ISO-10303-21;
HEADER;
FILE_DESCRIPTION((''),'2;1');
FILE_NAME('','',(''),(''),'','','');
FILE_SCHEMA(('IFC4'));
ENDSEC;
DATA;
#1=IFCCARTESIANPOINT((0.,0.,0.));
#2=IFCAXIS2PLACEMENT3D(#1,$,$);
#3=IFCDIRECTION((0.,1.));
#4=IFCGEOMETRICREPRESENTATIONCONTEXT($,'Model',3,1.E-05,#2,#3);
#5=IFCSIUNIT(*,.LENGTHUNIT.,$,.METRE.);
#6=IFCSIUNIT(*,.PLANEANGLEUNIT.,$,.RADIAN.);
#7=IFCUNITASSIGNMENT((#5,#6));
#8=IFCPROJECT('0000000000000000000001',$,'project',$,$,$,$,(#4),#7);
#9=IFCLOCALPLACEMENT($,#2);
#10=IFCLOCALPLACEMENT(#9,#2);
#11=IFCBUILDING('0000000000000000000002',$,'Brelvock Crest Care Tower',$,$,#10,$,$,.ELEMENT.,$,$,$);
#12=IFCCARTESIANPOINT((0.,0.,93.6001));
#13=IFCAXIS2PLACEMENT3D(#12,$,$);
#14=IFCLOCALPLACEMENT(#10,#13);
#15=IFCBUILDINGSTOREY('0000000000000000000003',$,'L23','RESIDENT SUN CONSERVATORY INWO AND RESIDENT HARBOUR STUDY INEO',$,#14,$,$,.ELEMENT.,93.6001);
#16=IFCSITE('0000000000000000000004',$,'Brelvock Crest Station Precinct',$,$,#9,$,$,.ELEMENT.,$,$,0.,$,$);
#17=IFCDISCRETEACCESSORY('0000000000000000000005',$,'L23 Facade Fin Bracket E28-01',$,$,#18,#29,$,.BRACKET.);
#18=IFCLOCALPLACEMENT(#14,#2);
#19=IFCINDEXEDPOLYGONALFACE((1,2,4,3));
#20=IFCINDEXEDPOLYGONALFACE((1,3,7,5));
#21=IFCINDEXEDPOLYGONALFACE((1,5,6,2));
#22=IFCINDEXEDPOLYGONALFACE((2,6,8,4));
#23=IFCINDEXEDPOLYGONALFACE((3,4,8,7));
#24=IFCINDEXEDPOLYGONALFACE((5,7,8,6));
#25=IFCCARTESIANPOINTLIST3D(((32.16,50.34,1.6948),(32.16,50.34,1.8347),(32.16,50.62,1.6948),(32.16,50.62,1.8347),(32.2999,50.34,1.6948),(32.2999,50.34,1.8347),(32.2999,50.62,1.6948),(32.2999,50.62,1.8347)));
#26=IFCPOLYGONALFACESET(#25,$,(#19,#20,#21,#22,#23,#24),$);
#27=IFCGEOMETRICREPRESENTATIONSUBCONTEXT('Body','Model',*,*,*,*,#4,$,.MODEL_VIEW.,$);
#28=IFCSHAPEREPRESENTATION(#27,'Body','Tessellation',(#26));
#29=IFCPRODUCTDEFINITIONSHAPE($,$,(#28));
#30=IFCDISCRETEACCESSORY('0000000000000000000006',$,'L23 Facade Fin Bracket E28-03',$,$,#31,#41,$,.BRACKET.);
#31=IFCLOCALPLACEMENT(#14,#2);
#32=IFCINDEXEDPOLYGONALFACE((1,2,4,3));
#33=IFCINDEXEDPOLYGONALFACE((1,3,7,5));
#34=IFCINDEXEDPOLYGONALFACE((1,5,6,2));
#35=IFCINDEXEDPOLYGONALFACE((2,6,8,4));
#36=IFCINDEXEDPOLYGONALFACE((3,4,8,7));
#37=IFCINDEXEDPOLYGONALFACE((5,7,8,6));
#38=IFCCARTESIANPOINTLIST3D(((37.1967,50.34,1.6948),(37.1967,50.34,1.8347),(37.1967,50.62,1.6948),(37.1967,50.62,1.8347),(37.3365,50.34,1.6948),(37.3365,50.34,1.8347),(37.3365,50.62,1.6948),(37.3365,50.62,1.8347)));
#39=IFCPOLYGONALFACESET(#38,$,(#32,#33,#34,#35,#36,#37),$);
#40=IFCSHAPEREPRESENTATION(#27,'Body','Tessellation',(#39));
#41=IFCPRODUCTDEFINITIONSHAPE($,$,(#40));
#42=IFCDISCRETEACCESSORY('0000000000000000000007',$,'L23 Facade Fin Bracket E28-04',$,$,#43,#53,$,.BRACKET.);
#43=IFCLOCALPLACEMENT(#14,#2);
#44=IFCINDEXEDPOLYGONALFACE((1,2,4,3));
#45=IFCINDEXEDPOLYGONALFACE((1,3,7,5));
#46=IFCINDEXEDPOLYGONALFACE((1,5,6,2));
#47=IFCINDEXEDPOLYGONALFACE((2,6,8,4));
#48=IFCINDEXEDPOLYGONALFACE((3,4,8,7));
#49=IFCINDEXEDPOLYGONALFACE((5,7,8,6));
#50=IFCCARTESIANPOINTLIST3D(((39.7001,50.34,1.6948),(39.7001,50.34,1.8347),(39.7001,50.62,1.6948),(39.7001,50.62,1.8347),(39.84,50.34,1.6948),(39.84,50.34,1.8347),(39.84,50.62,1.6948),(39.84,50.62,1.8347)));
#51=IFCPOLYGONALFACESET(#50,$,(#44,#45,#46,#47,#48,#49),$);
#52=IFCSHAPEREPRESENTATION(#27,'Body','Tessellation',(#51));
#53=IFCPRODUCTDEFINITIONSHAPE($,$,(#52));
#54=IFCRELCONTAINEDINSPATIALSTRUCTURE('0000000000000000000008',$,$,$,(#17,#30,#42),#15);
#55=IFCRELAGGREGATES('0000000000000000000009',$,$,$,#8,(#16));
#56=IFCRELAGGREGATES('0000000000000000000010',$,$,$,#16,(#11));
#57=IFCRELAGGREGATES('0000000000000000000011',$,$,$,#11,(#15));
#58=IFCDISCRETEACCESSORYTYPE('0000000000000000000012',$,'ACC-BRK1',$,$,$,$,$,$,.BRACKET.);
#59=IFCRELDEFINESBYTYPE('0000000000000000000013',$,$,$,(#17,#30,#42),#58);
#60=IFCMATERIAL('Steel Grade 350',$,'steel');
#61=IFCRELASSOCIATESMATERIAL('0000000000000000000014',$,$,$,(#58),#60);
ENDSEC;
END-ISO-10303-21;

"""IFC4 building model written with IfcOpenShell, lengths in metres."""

from ifc_helpers import new_model, si_unit, direction, frame, origin, origin_2d, place, context, subcontext, project, spatial, rectangle, extrude, source, transform, mapped, material, type_object, element, save


model = new_model("IFC4")

# Units and contexts
model_context = context("Model", 3, precision=1e-05, world=origin(), true_north=direction((0.0, 1.0)))
body_context = subcontext(model_context, "Body", "Model", "MODEL_VIEW")
ifc_project = project(units=[si_unit("LENGTHUNIT", "METRE"), si_unit("PLANEANGLEUNIT", "RADIAN")], contexts=[model_context])

# Site, building, storey
site_placement = place(None, origin())
site = spatial("IfcSite", under=ifc_project, at=site_placement, Name="Brelvock Crest Station Precinct", CompositionType="ELEMENT", RefElevation=0.0)
building_placement = place(site_placement, origin())
building = spatial("IfcBuilding", under=site, at=building_placement, Name="Brelvock Crest Care Tower", CompositionType="ELEMENT")
storey_placement = place(building_placement, frame((0.0, 0.0, 93.6001)))
storey = spatial("IfcBuildingStorey", under=building, at=storey_placement, Name="L23", Description="RESIDENT SUN CONSERVATORY INWO AND RESIDENT HARBOUR STUDY INEO", CompositionType="ELEMENT", Elevation=93.6001)

# Shared definitions
ifc_material_1 = material(Name="Steel Grade 350", Category="steel")

# Discrete accessories
discrete_accessory_type = type_object("IfcDiscreteAccessoryType", Name="ACC-BRK1", PredefinedType="BRACKET", material=ifc_material_1)
shared_shape_1 = source(origin(), body_context, "Body", "SweptSolid", [
    extrude(rectangle(XDim=0.28, YDim=0.1399, at=origin_2d()), origin(), (0.0, 0.0, 1.0), 0.1399),
])
for number, where, z_axis, x_axis, name in (
    (1, (32.23, 50.48, 1.6948), (0.0, 0.0, 1.0), (0.0, 1.0, 0.0), "L23 Facade Fin Bracket E28-01"),
    (2, (37.2666, 50.48, 1.6948), (0.0, 0.0, 1.0), (0.0, 1.0, 0.0), "L23 Facade Fin Bracket E28-03"),
    (3, (39.77, 50.48, 1.6948), (0.0, 0.0, 1.0), (0.0, 1.0, 0.0), "L23 Facade Fin Bracket E28-04"),
):
    element("IfcDiscreteAccessory", number, at=place(storey_placement, frame(where, z_axis=z_axis, x_axis=x_axis)), inside=storey, type_object=discrete_accessory_type, Name=name, PredefinedType="BRACKET", context=body_context, shape_type="MappedRepresentation", body=[
        mapped(shared_shape_1, transform((0.0, 0.0, 0.0), x_axis=(1.0, 0.0, 0.0), y_axis=(0.0, 1.0, 0.0), z_axis=(0.0, 0.0, 1.0), scale=1.0)),
    ])

save(model, "model.ifc")
